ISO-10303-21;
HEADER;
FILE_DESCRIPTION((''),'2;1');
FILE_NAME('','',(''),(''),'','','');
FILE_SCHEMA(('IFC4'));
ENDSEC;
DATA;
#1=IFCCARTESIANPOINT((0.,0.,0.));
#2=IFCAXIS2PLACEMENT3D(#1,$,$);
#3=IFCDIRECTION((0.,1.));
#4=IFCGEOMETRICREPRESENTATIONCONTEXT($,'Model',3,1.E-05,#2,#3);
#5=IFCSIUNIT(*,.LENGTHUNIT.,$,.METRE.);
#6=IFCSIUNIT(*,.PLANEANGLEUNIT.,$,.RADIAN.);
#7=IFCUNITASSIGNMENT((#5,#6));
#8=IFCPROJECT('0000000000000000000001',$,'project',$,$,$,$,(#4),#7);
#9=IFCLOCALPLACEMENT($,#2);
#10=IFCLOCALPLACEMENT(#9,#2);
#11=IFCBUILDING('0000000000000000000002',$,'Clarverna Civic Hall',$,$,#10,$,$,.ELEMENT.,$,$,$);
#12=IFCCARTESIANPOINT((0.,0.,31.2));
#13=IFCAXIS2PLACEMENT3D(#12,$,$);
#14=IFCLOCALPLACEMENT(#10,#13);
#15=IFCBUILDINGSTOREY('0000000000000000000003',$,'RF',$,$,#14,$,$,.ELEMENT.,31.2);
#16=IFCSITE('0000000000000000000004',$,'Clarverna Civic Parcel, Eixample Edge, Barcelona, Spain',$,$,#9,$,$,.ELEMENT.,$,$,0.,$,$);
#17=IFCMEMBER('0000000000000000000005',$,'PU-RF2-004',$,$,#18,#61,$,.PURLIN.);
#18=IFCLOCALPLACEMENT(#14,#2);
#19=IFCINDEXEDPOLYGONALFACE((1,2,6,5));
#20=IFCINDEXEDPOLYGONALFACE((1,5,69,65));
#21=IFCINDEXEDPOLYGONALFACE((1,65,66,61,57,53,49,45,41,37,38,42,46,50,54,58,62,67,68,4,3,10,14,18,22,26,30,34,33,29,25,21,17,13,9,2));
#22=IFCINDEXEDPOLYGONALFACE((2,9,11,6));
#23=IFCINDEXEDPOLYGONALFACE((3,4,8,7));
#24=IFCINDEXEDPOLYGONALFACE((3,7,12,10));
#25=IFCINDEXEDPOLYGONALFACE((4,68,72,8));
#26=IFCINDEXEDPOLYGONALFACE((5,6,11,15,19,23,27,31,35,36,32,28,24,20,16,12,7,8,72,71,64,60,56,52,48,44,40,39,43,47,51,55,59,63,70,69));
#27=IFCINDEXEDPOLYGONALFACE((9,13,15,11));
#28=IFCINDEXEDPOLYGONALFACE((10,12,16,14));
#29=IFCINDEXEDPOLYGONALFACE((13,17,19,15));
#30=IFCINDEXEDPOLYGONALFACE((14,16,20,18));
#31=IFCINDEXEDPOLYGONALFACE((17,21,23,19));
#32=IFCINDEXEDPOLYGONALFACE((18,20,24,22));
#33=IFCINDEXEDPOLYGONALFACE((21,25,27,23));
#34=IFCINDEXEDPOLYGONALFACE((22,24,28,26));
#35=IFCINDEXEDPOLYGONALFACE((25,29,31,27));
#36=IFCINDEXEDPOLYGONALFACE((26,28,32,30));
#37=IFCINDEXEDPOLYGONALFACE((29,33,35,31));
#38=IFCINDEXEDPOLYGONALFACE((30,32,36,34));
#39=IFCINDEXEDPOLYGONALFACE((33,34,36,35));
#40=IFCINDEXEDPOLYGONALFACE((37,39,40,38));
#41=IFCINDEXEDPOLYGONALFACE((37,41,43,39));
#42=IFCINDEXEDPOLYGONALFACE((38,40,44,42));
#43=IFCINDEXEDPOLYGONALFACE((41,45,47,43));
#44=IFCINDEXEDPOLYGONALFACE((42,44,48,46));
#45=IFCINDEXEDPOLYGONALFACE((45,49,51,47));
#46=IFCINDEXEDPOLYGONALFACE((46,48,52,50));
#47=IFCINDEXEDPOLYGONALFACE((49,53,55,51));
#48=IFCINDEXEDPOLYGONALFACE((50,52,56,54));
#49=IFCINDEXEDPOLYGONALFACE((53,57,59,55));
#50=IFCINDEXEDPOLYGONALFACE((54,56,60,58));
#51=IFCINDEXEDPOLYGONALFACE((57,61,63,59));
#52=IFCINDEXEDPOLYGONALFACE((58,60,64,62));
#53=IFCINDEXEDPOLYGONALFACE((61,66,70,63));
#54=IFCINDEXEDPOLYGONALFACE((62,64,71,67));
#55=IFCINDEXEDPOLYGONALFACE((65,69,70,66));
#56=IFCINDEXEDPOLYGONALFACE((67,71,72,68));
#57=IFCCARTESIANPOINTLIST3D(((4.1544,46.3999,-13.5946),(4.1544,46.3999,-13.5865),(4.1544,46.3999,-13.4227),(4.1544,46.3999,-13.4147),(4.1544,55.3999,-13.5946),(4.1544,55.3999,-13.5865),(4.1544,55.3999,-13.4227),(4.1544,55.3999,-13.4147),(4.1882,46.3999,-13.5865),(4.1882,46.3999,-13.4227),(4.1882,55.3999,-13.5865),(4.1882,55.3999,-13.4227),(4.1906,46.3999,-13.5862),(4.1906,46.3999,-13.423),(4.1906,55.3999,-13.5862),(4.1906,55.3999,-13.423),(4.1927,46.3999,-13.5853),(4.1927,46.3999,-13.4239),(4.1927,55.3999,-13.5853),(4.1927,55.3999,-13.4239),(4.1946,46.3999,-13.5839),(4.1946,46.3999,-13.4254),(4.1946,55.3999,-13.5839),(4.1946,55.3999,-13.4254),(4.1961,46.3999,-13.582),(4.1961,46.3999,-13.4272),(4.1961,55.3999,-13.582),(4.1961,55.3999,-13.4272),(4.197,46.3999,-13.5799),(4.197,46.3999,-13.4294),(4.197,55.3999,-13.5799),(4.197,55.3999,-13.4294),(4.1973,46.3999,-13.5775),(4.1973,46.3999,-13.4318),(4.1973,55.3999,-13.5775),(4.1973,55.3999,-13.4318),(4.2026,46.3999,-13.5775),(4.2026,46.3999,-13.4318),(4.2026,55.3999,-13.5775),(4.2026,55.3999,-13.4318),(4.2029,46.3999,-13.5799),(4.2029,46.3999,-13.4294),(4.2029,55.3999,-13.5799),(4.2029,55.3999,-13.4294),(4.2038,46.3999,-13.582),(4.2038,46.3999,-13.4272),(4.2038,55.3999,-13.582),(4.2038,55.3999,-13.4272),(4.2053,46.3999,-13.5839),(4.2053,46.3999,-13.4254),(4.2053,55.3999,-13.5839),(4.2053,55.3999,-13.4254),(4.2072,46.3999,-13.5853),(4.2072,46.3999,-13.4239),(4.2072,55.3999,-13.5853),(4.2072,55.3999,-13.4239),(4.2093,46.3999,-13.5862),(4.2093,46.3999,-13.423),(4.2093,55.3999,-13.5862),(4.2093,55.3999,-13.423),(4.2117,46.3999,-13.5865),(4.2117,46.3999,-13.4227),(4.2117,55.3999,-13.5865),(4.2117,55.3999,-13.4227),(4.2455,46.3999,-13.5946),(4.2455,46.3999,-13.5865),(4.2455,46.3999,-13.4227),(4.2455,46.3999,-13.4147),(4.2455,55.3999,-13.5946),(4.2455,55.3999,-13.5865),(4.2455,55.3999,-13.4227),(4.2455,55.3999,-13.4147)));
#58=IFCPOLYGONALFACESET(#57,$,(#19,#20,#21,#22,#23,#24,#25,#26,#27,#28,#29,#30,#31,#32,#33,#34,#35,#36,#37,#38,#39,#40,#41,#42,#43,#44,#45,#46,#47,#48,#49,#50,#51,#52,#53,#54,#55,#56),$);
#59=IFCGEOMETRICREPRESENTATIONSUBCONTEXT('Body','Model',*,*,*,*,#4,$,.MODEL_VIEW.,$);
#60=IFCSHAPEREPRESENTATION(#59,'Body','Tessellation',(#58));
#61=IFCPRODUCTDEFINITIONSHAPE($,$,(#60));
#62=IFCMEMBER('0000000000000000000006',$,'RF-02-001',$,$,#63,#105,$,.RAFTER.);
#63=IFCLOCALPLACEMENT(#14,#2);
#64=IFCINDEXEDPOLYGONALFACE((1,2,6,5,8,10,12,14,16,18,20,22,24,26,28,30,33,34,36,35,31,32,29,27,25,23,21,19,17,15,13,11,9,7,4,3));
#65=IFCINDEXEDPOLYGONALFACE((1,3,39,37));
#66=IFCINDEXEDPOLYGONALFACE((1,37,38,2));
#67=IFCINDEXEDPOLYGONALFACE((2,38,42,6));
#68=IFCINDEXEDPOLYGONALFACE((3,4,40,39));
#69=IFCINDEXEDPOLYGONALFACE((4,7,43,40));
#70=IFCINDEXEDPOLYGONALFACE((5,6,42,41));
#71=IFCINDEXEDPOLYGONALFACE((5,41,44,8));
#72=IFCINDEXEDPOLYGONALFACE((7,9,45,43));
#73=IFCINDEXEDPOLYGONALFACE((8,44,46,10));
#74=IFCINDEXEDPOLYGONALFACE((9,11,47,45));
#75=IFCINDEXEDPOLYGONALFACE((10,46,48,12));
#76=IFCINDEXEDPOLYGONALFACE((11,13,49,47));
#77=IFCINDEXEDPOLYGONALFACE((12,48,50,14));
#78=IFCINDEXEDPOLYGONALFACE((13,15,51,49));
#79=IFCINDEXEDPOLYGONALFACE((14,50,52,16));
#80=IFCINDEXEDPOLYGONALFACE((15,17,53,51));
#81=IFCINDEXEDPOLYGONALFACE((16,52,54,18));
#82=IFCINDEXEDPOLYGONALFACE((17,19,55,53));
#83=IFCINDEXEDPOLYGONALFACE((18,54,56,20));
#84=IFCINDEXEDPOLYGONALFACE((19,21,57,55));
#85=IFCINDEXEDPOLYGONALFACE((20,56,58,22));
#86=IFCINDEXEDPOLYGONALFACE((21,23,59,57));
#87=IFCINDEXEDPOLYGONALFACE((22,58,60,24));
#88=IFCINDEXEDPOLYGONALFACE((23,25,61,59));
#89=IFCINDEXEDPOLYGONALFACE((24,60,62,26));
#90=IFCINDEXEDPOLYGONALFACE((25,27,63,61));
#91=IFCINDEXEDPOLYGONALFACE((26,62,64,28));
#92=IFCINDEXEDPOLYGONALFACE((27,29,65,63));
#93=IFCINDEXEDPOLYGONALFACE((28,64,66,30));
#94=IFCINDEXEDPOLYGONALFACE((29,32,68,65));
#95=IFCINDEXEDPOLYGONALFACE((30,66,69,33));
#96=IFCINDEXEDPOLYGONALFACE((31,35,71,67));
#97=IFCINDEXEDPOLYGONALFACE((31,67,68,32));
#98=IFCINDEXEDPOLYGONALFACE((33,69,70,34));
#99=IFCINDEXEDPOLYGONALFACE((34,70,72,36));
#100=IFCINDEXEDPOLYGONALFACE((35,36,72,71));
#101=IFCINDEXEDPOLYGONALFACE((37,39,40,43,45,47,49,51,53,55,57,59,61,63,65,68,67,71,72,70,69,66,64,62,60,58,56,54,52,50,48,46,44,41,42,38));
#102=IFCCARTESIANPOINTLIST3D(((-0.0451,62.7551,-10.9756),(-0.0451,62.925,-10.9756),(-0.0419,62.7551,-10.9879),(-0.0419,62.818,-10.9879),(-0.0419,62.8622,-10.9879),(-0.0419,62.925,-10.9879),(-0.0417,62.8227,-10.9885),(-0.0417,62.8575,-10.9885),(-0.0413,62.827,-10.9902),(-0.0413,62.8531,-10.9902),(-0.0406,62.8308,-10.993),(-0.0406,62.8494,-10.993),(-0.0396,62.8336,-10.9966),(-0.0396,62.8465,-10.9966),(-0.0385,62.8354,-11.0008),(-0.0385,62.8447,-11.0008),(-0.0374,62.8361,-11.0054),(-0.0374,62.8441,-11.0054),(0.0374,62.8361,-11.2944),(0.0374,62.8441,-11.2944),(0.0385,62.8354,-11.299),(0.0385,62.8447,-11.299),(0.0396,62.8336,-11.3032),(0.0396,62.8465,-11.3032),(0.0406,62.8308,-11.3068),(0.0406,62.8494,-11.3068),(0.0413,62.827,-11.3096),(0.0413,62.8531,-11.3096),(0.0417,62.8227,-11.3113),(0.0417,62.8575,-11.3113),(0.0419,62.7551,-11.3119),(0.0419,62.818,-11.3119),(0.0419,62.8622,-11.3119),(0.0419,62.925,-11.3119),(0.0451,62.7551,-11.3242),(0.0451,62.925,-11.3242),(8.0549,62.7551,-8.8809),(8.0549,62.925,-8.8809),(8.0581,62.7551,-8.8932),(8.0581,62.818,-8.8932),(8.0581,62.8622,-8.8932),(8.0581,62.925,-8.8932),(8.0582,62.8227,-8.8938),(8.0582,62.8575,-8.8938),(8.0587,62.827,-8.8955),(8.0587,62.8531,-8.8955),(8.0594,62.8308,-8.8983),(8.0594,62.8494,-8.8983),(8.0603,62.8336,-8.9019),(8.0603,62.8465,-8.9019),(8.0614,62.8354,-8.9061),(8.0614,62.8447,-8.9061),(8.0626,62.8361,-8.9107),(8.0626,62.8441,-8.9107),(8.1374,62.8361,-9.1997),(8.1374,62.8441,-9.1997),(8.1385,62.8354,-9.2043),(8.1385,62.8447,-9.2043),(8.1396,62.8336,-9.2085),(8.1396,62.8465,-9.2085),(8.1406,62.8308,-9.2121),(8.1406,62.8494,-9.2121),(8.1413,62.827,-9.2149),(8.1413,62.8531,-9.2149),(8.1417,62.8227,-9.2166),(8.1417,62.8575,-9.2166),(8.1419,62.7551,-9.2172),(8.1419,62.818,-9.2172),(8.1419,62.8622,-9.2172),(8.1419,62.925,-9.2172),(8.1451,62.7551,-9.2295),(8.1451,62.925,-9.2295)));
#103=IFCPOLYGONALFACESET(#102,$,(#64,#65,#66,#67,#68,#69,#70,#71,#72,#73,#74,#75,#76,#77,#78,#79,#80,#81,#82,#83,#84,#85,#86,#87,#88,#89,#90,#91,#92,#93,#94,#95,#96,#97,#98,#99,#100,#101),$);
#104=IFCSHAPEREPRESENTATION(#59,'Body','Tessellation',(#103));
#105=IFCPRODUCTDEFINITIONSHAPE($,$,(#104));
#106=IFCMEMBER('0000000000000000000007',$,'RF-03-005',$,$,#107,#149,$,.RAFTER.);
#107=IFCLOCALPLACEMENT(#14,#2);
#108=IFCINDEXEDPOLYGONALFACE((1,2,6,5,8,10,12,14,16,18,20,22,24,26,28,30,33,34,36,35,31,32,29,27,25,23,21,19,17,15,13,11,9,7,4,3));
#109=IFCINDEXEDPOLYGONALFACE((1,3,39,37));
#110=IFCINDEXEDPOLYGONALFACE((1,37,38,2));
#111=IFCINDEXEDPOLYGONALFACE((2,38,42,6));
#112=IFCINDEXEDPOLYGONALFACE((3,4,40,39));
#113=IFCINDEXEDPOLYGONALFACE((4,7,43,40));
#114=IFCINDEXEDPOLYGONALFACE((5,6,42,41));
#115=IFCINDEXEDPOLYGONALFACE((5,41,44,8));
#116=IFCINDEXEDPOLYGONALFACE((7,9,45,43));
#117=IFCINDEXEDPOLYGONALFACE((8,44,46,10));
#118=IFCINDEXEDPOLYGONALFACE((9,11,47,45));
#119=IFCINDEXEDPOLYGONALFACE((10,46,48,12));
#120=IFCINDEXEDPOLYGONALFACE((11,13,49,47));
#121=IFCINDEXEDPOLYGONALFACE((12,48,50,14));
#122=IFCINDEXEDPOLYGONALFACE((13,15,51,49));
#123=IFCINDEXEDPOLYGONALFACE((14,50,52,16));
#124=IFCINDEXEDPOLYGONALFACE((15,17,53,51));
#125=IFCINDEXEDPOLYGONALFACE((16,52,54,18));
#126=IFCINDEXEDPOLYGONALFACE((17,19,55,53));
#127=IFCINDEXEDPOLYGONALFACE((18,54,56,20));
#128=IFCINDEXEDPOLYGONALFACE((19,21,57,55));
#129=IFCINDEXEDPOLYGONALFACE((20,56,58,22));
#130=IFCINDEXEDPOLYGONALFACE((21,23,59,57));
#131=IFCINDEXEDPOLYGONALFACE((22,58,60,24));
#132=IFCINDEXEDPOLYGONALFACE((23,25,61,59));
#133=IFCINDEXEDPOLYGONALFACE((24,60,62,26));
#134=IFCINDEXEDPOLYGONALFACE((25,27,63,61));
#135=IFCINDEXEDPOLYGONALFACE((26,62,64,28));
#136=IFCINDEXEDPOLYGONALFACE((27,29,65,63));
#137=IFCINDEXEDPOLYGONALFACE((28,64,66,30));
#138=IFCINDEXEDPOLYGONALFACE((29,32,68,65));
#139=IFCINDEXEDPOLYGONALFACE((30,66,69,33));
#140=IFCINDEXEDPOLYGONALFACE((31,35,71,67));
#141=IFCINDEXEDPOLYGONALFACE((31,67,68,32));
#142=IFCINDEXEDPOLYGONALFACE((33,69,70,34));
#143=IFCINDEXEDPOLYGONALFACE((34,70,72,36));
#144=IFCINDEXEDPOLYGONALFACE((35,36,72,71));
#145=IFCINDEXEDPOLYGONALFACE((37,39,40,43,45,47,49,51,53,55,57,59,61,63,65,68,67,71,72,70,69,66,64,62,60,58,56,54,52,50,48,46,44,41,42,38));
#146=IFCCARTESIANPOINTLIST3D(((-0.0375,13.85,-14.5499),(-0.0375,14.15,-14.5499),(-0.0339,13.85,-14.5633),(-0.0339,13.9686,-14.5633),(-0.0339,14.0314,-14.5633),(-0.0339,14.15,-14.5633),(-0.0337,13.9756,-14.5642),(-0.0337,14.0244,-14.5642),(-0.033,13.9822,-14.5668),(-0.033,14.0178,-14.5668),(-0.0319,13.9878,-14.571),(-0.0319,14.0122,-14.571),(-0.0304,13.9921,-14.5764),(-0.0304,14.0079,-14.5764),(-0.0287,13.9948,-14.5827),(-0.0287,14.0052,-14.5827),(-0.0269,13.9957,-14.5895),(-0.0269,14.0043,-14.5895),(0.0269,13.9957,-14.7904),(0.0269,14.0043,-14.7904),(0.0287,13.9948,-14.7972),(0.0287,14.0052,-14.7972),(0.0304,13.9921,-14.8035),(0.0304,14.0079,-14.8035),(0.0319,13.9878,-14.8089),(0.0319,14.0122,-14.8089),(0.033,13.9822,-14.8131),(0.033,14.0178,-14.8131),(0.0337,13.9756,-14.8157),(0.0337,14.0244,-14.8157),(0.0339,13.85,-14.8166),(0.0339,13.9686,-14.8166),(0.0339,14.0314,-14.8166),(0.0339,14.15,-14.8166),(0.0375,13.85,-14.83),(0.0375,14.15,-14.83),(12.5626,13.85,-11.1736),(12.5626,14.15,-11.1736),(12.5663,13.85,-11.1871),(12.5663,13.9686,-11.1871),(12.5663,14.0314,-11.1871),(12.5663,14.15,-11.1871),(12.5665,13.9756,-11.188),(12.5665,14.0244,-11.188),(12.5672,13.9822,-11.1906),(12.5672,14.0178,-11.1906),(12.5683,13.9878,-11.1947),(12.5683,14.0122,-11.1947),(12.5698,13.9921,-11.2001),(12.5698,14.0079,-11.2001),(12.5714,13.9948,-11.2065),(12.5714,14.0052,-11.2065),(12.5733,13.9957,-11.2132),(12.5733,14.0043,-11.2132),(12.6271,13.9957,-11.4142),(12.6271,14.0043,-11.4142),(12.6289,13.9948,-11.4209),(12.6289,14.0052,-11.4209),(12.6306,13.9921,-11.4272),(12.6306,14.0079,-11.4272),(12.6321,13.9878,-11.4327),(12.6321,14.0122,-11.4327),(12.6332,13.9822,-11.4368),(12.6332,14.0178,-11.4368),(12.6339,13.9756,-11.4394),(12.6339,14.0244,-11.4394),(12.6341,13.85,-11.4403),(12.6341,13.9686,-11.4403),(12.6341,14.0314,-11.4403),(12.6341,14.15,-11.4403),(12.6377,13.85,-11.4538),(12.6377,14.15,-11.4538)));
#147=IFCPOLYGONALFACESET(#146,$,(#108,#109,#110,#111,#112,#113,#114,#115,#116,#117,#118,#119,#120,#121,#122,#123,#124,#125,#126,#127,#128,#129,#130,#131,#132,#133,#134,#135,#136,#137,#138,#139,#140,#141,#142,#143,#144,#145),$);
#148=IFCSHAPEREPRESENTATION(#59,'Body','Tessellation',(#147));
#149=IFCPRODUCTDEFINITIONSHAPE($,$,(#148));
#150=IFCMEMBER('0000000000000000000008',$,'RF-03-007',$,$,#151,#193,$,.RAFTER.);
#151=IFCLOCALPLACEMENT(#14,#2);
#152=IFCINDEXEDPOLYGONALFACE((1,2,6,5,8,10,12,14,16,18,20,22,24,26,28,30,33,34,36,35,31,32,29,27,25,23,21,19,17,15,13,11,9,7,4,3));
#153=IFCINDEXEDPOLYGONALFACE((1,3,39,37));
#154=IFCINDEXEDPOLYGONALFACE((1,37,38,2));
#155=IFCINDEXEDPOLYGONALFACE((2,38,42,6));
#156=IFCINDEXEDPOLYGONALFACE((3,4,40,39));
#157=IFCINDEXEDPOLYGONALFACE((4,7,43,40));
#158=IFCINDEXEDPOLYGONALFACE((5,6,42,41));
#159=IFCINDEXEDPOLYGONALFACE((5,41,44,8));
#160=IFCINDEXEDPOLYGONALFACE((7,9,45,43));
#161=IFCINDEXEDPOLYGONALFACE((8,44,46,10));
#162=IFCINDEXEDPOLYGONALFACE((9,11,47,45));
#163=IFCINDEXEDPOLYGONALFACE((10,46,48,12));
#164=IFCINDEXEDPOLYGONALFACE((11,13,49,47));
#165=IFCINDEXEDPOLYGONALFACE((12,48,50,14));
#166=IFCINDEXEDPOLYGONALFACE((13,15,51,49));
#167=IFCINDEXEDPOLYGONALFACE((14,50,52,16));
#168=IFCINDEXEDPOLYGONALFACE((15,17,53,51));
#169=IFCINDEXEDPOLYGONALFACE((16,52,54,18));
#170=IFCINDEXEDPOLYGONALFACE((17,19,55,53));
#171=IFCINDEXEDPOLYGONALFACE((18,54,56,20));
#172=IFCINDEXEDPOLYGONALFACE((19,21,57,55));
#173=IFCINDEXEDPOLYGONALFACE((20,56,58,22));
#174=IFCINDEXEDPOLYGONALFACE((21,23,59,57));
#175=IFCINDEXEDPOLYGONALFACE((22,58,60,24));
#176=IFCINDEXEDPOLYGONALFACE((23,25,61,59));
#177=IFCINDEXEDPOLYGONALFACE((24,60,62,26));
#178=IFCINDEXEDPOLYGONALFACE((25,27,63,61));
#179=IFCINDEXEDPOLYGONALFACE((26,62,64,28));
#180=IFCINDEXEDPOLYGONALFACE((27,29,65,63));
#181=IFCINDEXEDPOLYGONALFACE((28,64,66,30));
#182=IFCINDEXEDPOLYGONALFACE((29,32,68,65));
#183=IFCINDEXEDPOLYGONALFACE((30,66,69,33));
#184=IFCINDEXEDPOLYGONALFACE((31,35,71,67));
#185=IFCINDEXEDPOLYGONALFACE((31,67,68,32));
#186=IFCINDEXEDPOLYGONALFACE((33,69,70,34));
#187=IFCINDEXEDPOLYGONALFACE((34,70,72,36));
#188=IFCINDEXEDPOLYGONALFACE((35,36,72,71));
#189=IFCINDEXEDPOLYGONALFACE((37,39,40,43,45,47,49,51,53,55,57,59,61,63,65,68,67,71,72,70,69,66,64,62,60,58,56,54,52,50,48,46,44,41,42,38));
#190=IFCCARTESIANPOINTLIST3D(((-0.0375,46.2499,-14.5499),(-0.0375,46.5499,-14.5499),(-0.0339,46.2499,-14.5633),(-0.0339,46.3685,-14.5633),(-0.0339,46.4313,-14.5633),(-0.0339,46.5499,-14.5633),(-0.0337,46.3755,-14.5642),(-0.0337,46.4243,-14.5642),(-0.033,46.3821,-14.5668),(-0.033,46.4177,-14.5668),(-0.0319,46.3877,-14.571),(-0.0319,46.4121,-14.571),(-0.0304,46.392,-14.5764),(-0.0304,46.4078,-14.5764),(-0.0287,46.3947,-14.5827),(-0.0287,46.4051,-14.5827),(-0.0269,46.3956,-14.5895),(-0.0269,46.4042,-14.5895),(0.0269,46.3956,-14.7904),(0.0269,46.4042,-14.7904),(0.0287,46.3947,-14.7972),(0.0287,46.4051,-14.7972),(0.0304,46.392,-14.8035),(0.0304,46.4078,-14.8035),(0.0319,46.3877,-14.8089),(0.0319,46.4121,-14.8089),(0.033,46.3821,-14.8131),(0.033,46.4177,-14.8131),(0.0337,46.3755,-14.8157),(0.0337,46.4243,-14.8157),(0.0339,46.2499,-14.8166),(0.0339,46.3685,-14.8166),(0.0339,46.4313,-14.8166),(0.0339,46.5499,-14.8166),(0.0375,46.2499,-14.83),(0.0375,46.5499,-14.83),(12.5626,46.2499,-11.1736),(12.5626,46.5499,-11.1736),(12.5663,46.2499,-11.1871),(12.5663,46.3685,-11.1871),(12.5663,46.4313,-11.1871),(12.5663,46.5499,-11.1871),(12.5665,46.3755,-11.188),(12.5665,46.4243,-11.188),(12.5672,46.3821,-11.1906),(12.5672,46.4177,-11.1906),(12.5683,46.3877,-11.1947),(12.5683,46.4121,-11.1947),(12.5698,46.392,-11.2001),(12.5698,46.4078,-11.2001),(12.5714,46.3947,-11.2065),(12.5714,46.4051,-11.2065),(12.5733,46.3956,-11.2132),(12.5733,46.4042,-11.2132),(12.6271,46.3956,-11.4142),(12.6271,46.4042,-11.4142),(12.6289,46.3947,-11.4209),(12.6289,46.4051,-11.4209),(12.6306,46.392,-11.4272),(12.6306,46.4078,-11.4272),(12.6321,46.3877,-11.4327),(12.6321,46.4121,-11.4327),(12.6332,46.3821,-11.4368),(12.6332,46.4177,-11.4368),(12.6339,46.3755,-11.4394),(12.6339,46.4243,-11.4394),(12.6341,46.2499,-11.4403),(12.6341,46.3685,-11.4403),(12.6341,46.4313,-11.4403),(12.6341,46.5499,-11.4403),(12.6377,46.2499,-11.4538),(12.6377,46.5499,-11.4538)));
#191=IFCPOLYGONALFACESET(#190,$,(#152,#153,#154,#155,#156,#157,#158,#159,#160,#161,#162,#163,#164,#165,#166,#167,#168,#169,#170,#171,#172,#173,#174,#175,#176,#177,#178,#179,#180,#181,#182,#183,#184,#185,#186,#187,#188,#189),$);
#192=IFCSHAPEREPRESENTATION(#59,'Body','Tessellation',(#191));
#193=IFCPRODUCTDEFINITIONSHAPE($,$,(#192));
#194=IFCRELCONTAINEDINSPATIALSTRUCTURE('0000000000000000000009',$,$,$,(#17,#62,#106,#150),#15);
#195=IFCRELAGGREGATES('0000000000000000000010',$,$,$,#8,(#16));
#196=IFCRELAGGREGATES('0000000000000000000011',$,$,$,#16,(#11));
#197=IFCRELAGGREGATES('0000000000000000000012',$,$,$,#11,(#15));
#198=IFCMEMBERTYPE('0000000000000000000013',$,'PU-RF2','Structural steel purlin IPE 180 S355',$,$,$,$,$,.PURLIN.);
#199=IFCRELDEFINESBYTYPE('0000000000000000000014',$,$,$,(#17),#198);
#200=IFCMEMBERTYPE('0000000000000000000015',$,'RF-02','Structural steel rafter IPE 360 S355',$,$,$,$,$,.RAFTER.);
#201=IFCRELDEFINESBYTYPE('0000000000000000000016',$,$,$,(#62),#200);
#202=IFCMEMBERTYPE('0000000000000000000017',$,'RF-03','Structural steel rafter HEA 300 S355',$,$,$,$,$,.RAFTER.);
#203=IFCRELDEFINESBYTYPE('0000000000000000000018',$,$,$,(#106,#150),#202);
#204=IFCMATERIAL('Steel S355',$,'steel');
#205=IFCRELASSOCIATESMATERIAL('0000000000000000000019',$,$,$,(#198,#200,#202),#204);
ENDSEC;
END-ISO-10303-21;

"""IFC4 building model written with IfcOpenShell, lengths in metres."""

from ifc_helpers import new_model, si_unit, direction, frame, origin, origin_2d, place, context, subcontext, project, spatial, i_section, extrude, material, material_profile, profile_set, type_object, element, save


model = new_model("IFC4")

# Units and contexts
model_context = context("Model", 3, precision=1e-05, world=origin(), true_north=direction((0.0, 1.0)))
body_context = subcontext(model_context, "Body", "Model", "MODEL_VIEW")
ifc_project = project(units=[si_unit("LENGTHUNIT", "METRE"), si_unit("PLANEANGLEUNIT", "RADIAN")], contexts=[model_context])

# Site, building, storey
site_placement = place(None, origin())
site = spatial("IfcSite", under=ifc_project, at=site_placement, Name="Clarverna Civic Parcel, Eixample Edge, Barcelona, Spain", CompositionType="ELEMENT", RefElevation=0.0)
building_placement = place(site_placement, origin())
building = spatial("IfcBuilding", under=site, at=building_placement, Name="Clarverna Civic Hall", CompositionType="ELEMENT")
storey_placement = place(building_placement, frame((0.0, 0.0, 31.2)))
storey = spatial("IfcBuildingStorey", under=building, at=storey_placement, Name="RF", CompositionType="ELEMENT", Elevation=31.2)

# Members
ifc_material_1 = material(Name="Steel S355", Category="steel")
ifc_material_profile_1 = material_profile(ifc_material_1, i_section(OverallWidth=0.0911, OverallDepth=0.1799, WebThickness=0.0054, FlangeThickness=0.0081, FilletRadius=0.009, at=origin_2d()), Name="IPE 180")
ifc_profile_set_1 = profile_set([ifc_material_profile_1], Name="Steel S355")
member_type_1 = type_object("IfcMemberType", Name="PU-RF2", Description="Structural steel purlin IPE 180 S355", PredefinedType="PURLIN", material=ifc_profile_set_1)
member_1_placement = place(storey_placement, frame((4.2, 46.3999, -13.5046), z_axis=(0.0, 1.0, 0.0), x_axis=(-1.0, 0.0, 0.0)))
element("IfcMember", 1, at=member_1_placement, inside=storey, type_object=member_type_1, Name="PU-RF2-004", PredefinedType="PURLIN", context=body_context, shape_type="SweptSolid", body=[
    extrude(i_section(OverallWidth=0.0911, OverallDepth=0.1799, WebThickness=0.0054, FlangeThickness=0.0081, FilletRadius=0.009, at=origin_2d()), origin(), (0.0, 0.0, 1.0), 9.0),
])
ifc_material_profile_2 = material_profile(ifc_material_1, i_section(OverallWidth=0.1699, OverallDepth=0.3601, WebThickness=0.0081, FlangeThickness=0.0127, FilletRadius=0.0181, at=origin_2d()), Name="IPE 360")
ifc_profile_set_2 = profile_set([ifc_material_profile_2], Name="Steel S355")
member_type_2 = type_object("IfcMemberType", Name="RF-02", Description="Structural steel rafter IPE 360 S355", PredefinedType="RAFTER", material=ifc_profile_set_2)
member_2_placement = place(storey_placement, frame((0.0, 62.8401, -11.1499), z_axis=(0.968151, 0.0, 0.250369), x_axis=(0.0, 1.0, 0.0)))
element("IfcMember", 2, at=member_2_placement, inside=storey, type_object=member_type_2, Name="RF-02-001", PredefinedType="RAFTER", context=body_context, shape_type="SweptSolid", body=[
    extrude(i_section(OverallWidth=0.1699, OverallDepth=0.3601, WebThickness=0.0081, FlangeThickness=0.0127, FilletRadius=0.0181, at=origin_2d()), origin(), (0.0, 0.0, 1.0), 8.3665),
])
ifc_material_profile_3 = material_profile(ifc_material_1, i_section(OverallWidth=0.3, OverallDepth=0.29, WebThickness=0.0085, FlangeThickness=0.0139, FilletRadius=0.0271, at=origin_2d()), Name="HEA 300")
ifc_profile_set_3 = profile_set([ifc_material_profile_3], Name="Steel S355")
member_type_3 = type_object("IfcMemberType", Name="RF-03", Description="Structural steel rafter HEA 300 S355", PredefinedType="RAFTER", material=ifc_profile_set_3)
for number, where, z_axis, x_axis, name in (
    (3, (0.0, 14.0, -14.6899), (0.965925, 0.0, 0.258822), (0.0, 1.0, 0.0), "RF-03-005"),
    (4, (0.0, 46.3999, -14.6899), (0.965925, 0.0, 0.258822), (0.0, 1.0, 0.0), "RF-03-007"),
):
    element("IfcMember", number, at=place(storey_placement, frame(where, z_axis=z_axis, x_axis=x_axis)), inside=storey, type_object=member_type_3, Name=name, PredefinedType="RAFTER", context=body_context, shape_type="SweptSolid", body=[
        extrude(i_section(OverallWidth=0.3, OverallDepth=0.29, WebThickness=0.0085, FlangeThickness=0.0139, FilletRadius=0.0271, at=origin_2d()), origin(), (0.0, 0.0, 1.0), 13.0447),
    ])

save(model, "model.ifc")
